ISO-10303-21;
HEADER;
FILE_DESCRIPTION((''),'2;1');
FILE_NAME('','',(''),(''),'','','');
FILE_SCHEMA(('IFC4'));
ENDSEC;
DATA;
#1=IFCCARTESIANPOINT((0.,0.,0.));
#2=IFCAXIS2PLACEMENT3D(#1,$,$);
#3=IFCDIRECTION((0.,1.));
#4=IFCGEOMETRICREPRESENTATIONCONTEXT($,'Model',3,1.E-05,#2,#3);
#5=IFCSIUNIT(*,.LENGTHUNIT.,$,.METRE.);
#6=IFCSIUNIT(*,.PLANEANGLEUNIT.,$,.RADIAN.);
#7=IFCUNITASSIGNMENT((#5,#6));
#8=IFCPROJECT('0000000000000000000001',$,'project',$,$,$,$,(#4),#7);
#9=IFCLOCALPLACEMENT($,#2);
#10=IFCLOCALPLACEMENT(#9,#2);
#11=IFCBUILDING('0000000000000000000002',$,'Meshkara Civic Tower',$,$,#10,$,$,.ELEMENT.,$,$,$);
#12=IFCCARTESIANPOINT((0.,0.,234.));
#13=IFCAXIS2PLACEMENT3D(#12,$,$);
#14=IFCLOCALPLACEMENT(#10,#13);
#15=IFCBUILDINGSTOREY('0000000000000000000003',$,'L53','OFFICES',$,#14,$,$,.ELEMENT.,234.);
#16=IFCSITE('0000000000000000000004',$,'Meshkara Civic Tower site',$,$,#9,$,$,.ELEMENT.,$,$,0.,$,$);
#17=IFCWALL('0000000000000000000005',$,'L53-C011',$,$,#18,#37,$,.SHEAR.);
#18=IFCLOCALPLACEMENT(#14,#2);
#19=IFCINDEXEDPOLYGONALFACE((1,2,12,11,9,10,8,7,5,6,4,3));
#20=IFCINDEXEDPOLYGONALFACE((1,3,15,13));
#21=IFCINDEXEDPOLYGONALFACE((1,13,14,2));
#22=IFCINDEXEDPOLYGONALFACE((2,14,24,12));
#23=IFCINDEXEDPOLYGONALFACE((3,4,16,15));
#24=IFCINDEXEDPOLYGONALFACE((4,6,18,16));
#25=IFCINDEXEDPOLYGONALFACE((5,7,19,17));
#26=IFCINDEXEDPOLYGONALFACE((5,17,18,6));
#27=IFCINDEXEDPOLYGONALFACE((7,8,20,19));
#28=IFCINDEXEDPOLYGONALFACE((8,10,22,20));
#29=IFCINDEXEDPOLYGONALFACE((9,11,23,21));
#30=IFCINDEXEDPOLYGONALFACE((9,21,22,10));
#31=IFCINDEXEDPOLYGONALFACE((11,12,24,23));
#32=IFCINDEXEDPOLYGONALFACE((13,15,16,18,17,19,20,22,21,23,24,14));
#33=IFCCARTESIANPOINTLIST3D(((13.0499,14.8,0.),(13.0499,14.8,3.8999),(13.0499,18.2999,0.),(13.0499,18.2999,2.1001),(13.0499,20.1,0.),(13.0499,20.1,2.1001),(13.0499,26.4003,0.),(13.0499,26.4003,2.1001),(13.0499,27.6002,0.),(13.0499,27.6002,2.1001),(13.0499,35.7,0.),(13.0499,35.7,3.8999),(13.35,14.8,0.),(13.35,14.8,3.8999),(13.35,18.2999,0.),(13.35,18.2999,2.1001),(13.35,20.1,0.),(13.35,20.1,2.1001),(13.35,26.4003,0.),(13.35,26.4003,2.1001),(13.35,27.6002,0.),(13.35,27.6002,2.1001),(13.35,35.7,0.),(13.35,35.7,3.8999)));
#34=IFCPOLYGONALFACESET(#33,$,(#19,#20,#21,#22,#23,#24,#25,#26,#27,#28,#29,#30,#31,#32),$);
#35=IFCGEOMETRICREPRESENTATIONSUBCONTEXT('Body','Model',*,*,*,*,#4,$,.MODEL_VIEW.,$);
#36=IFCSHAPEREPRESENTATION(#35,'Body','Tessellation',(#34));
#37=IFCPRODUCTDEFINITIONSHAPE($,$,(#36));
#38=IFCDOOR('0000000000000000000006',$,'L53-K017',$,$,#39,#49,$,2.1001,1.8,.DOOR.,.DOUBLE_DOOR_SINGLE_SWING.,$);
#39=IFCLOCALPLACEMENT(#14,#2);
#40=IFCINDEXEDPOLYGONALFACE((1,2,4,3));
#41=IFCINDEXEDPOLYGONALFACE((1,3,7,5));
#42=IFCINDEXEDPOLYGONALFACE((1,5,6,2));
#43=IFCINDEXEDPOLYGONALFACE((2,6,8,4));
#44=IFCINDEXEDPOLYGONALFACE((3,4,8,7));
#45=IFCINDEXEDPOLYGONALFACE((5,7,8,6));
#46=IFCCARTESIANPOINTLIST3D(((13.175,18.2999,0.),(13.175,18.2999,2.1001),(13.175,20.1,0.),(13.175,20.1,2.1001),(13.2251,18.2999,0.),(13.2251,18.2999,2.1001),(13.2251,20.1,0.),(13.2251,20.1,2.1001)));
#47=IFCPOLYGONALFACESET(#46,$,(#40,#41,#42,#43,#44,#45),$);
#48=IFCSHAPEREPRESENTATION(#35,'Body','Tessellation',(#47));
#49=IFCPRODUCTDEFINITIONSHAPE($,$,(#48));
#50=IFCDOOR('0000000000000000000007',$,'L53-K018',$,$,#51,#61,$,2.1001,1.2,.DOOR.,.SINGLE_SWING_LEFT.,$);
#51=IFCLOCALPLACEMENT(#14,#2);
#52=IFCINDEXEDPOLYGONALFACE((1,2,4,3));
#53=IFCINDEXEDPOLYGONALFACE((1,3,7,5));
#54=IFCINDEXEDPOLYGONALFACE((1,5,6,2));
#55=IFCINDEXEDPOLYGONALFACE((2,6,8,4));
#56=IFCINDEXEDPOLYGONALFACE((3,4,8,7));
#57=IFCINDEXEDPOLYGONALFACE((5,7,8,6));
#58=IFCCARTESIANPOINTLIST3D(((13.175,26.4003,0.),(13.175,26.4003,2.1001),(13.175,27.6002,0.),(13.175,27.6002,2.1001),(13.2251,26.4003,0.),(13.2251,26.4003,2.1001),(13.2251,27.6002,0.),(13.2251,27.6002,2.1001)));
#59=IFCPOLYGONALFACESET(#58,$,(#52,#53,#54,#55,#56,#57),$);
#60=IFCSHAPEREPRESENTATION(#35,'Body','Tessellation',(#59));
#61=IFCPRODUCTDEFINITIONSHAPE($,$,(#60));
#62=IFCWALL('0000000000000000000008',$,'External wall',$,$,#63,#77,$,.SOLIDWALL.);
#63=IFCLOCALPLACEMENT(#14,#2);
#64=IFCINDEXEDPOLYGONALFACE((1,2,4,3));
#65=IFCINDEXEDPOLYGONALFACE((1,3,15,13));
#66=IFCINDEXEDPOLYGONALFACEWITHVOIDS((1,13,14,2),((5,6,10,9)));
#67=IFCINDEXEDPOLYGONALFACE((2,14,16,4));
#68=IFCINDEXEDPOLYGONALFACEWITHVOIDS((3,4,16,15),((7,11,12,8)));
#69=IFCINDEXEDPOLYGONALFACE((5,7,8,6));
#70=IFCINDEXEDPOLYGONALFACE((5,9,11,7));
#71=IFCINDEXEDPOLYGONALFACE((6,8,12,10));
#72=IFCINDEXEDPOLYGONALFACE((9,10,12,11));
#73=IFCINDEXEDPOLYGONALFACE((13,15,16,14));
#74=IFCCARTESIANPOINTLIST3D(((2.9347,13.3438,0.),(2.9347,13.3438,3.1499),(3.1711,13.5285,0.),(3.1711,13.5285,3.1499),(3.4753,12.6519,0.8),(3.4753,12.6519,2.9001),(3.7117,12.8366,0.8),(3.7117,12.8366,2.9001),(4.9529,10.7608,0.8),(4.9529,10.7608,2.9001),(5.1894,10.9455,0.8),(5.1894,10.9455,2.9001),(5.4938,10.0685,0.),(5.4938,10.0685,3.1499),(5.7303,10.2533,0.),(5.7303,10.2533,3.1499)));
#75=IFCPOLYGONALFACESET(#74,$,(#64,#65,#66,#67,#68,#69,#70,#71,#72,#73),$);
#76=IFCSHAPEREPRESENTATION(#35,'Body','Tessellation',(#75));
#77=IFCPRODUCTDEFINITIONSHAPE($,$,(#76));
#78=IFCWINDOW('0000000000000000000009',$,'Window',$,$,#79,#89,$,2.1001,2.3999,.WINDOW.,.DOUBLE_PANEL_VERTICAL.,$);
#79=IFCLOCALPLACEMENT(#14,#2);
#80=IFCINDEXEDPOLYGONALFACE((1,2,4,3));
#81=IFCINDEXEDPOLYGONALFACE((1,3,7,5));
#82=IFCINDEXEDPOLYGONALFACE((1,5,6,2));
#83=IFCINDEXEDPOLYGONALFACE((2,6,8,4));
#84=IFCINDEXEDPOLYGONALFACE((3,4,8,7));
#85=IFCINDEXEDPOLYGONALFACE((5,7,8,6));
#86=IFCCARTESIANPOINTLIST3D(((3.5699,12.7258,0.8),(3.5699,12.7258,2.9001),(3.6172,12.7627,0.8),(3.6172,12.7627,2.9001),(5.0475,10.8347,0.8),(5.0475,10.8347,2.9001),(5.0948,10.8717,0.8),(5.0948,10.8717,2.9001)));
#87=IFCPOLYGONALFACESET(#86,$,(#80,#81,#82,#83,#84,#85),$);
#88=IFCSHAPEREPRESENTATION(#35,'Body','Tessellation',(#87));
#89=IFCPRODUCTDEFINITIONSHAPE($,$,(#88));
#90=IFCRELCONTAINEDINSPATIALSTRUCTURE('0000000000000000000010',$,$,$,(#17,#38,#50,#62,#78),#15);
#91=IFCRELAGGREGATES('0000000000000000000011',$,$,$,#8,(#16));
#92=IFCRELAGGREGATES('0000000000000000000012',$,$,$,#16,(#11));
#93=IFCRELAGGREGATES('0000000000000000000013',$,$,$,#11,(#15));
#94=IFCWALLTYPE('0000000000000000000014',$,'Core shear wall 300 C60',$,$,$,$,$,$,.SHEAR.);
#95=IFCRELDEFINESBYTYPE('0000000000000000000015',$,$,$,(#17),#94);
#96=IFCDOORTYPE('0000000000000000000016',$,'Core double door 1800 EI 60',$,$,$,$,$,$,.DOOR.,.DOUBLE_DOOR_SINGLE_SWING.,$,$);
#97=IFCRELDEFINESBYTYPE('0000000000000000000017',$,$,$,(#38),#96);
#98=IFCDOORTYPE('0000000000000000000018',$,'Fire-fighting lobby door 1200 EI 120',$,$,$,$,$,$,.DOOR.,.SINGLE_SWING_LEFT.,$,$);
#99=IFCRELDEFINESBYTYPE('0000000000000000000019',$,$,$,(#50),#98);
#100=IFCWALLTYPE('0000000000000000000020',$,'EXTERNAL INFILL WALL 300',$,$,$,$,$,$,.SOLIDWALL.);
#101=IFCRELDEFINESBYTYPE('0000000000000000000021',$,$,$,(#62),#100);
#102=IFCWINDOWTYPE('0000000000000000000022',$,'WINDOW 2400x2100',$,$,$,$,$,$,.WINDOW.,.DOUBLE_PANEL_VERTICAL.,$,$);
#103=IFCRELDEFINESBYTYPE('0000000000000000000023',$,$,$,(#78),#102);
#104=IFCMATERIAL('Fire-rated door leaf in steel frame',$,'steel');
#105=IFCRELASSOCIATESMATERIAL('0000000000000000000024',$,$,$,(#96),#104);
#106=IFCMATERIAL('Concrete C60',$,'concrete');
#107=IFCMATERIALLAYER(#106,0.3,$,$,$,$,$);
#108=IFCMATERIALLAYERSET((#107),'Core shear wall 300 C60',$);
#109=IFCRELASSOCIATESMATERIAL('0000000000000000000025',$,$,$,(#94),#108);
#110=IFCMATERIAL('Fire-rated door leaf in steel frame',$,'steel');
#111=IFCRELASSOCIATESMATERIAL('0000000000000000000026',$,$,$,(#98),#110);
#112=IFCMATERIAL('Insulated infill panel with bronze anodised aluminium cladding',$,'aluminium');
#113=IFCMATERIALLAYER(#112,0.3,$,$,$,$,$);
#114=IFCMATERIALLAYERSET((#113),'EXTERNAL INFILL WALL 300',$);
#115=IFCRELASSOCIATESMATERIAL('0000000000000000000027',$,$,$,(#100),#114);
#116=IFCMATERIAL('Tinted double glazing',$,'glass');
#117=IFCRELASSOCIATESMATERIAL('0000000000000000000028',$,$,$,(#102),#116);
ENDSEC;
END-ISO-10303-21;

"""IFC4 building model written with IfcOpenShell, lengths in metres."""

from ifc_helpers import new_model, si_unit, direction, frame, frame_2d, origin, place, context, subcontext, project, spatial, rectangle, extrude, material, layer, layer_set, type_object, element, fill, save


model = new_model("IFC4")

# Units and contexts
model_context = context("Model", 3, precision=1e-05, world=origin(), true_north=direction((0.0, 1.0)))
body_context = subcontext(model_context, "Body", "Model", "MODEL_VIEW")
ifc_project = project(units=[si_unit("LENGTHUNIT", "METRE"), si_unit("PLANEANGLEUNIT", "RADIAN")], contexts=[model_context])

# Site, building, storey
site_placement = place(None, origin())
site = spatial("IfcSite", under=ifc_project, at=site_placement, Name="Meshkara Civic Tower site", CompositionType="ELEMENT", RefElevation=0.0)
building_placement = place(site_placement, origin())
building = spatial("IfcBuilding", under=site, at=building_placement, Name="Meshkara Civic Tower", CompositionType="ELEMENT")
storey_placement = place(building_placement, frame((0.0, 0.0, 234.0)))
storey = spatial("IfcBuildingStorey", under=building, at=storey_placement, Name="L53", Description="OFFICES", CompositionType="ELEMENT", Elevation=234.0)

# Shared definitions
ifc_material_1 = material(Name="Fire-rated door leaf in steel frame", Category="steel")
door_type_1 = type_object("IfcDoorType", Name="Core double door 1800 EI 60", OperationType="DOUBLE_DOOR_SINGLE_SWING", PredefinedType="DOOR", material=ifc_material_1)

# Wall, openings, doors
ifc_material_2 = material(Name="Concrete C60", Category="concrete")
ifc_layer_1 = layer(ifc_material_2, 0.3)
ifc_layer_set_1 = layer_set([ifc_layer_1], Name="Core shear wall 300 C60")
wall_type_1 = type_object("IfcWallType", Name="Core shear wall 300 C60", PredefinedType="SHEAR", material=ifc_layer_set_1)
wall_1_placement = place(storey_placement, frame((13.2, 14.8, 0.0), z_axis=(0.0, 0.0, 1.0), x_axis=(0.0, 1.0, 0.0)))
wall_1 = element("IfcWall", 1, at=wall_1_placement, inside=storey, type_object=wall_type_1, Name="L53-C011", PredefinedType="SHEAR", context=body_context, shape_type="SweptSolid", body=[
    extrude(rectangle(XDim=20.8999, YDim=0.3, at=frame_2d((10.45, 0.0))), origin(), (0.0, 0.0, 1.0), 3.8999),
])
opening_1_placement = place(wall_1_placement, frame((3.5, 0.0, 0.0)))
opening_1 = element("IfcOpeningElement", 2, at=opening_1_placement, cuts=wall_1, PredefinedType="OPENING", context=body_context, shape_type="SweptSolid", body=[
    extrude(rectangle(XDim=1.8, YDim=2.1001, at=frame_2d((0.8999, 1.05))), frame((0.0, 0.1599, 0.0), z_axis=(0.0, -1.0, 0.0), x_axis=(1.0, 0.0, 0.0)), (0.0, 0.0, 1.0), 0.3201),
])
opening_2_placement = place(wall_1_placement, frame((11.6001, 0.0, 0.0)))
opening_2 = element("IfcOpeningElement", 3, at=opening_2_placement, cuts=wall_1, PredefinedType="OPENING", context=body_context, shape_type="SweptSolid", body=[
    extrude(rectangle(XDim=1.2, YDim=2.1001, at=frame_2d((0.6001, 1.05))), frame((0.0, 0.1599, 0.0), z_axis=(0.0, -1.0, 0.0), x_axis=(1.0, 0.0, 0.0)), (0.0, 0.0, 1.0), 0.3201),
])
door_1_placement = place(opening_1_placement, origin())
door_1 = element("IfcDoor", 4, at=door_1_placement, inside=storey, type_object=door_type_1, Name="L53-K017", OperationType="DOUBLE_DOOR_SINGLE_SWING", OverallHeight=2.1001, OverallWidth=1.8, PredefinedType="DOOR", context=body_context, shape_type="SweptSolid", body=[
    extrude(rectangle(XDim=1.8, YDim=2.1001, at=frame_2d((0.8999, 1.05))), frame((0.0, 0.0249, 0.0), z_axis=(0.0, -1.0, 0.0), x_axis=(1.0, 0.0, 0.0)), (0.0, 0.0, 1.0), 0.05),
])
fill(opening_1, door_1)
ifc_material_3 = material(Name="Fire-rated door leaf in steel frame", Category="steel")
door_type_2 = type_object("IfcDoorType", Name="Fire-fighting lobby door 1200 EI 120", OperationType="SINGLE_SWING_LEFT", PredefinedType="DOOR", material=ifc_material_3)
door_2_placement = place(opening_2_placement, origin())
door_2 = element("IfcDoor", 5, at=door_2_placement, inside=storey, type_object=door_type_2, Name="L53-K018", OperationType="SINGLE_SWING_LEFT", OverallHeight=2.1001, OverallWidth=1.2, PredefinedType="DOOR", context=body_context, shape_type="SweptSolid", body=[
    extrude(rectangle(XDim=1.2, YDim=2.1001, at=frame_2d((0.6001, 1.05))), frame((0.0, 0.0249, 0.0), z_axis=(0.0, -1.0, 0.0), x_axis=(1.0, 0.0, 0.0)), (0.0, 0.0, 1.0), 0.05),
])
fill(opening_2, door_2)

# Wall, opening, window
ifc_material_4 = material(Name="Insulated infill panel with bronze anodised aluminium cladding", Category="aluminium")
ifc_layer_2 = layer(ifc_material_4, 0.3)
ifc_layer_set_2 = layer_set([ifc_layer_2], Name="EXTERNAL INFILL WALL 300")
wall_type_2 = type_object("IfcWallType", Name="EXTERNAL INFILL WALL 300", PredefinedType="SOLIDWALL", material=ifc_layer_set_2)
wall_2_placement = place(storey_placement, frame((3.053, 13.436, 0.0), z_axis=(0.0, 0.0, 1.0), x_axis=(0.6157, -0.787981, 0.0)))
wall_2 = element("IfcWall", 6, at=wall_2_placement, inside=storey, type_object=wall_type_2, Name="External wall", PredefinedType="SOLIDWALL", context=body_context, shape_type="SweptSolid", body=[
    extrude(rectangle(XDim=4.1565, YDim=0.3, at=frame_2d((2.0781, 0.0))), origin(), (0.0, 0.0, 1.0), 3.1499),
])
opening_3_placement = place(wall_2_placement, frame((0.8779, 0.0, 0.8)))
opening_3 = element("IfcOpeningElement", 7, at=opening_3_placement, cuts=wall_2, PredefinedType="OPENING", context=body_context, shape_type="SweptSolid", body=[
    extrude(rectangle(XDim=2.3999, YDim=2.1001, at=frame_2d((1.2, 1.05))), frame((0.0, 0.1599, 0.0), z_axis=(0.0, -1.0, 0.0), x_axis=(1.0, 0.0, 0.0)), (0.0, 0.0, 1.0), 0.3201),
])
ifc_material_5 = material(Name="Tinted double glazing", Category="glass")
window_type = type_object("IfcWindowType", Name="WINDOW 2400x2100", PartitioningType="DOUBLE_PANEL_VERTICAL", PredefinedType="WINDOW", material=ifc_material_5)
window_placement = place(opening_3_placement, origin())
window = element("IfcWindow", 8, at=window_placement, inside=storey, type_object=window_type, Name="Window", OverallHeight=2.1001, OverallWidth=2.3999, PartitioningType="DOUBLE_PANEL_VERTICAL", PredefinedType="WINDOW", context=body_context, shape_type="SweptSolid", body=[
    extrude(rectangle(XDim=2.3999, YDim=2.1001, at=frame_2d((1.2, 1.05))), frame((0.0, 0.03, 0.0), z_axis=(0.0, -1.0, 0.0), x_axis=(1.0, 0.0, 0.0)), (0.0, 0.0, 1.0), 0.0601),
])
fill(opening_3, window)

save(model, "model.ifc")
